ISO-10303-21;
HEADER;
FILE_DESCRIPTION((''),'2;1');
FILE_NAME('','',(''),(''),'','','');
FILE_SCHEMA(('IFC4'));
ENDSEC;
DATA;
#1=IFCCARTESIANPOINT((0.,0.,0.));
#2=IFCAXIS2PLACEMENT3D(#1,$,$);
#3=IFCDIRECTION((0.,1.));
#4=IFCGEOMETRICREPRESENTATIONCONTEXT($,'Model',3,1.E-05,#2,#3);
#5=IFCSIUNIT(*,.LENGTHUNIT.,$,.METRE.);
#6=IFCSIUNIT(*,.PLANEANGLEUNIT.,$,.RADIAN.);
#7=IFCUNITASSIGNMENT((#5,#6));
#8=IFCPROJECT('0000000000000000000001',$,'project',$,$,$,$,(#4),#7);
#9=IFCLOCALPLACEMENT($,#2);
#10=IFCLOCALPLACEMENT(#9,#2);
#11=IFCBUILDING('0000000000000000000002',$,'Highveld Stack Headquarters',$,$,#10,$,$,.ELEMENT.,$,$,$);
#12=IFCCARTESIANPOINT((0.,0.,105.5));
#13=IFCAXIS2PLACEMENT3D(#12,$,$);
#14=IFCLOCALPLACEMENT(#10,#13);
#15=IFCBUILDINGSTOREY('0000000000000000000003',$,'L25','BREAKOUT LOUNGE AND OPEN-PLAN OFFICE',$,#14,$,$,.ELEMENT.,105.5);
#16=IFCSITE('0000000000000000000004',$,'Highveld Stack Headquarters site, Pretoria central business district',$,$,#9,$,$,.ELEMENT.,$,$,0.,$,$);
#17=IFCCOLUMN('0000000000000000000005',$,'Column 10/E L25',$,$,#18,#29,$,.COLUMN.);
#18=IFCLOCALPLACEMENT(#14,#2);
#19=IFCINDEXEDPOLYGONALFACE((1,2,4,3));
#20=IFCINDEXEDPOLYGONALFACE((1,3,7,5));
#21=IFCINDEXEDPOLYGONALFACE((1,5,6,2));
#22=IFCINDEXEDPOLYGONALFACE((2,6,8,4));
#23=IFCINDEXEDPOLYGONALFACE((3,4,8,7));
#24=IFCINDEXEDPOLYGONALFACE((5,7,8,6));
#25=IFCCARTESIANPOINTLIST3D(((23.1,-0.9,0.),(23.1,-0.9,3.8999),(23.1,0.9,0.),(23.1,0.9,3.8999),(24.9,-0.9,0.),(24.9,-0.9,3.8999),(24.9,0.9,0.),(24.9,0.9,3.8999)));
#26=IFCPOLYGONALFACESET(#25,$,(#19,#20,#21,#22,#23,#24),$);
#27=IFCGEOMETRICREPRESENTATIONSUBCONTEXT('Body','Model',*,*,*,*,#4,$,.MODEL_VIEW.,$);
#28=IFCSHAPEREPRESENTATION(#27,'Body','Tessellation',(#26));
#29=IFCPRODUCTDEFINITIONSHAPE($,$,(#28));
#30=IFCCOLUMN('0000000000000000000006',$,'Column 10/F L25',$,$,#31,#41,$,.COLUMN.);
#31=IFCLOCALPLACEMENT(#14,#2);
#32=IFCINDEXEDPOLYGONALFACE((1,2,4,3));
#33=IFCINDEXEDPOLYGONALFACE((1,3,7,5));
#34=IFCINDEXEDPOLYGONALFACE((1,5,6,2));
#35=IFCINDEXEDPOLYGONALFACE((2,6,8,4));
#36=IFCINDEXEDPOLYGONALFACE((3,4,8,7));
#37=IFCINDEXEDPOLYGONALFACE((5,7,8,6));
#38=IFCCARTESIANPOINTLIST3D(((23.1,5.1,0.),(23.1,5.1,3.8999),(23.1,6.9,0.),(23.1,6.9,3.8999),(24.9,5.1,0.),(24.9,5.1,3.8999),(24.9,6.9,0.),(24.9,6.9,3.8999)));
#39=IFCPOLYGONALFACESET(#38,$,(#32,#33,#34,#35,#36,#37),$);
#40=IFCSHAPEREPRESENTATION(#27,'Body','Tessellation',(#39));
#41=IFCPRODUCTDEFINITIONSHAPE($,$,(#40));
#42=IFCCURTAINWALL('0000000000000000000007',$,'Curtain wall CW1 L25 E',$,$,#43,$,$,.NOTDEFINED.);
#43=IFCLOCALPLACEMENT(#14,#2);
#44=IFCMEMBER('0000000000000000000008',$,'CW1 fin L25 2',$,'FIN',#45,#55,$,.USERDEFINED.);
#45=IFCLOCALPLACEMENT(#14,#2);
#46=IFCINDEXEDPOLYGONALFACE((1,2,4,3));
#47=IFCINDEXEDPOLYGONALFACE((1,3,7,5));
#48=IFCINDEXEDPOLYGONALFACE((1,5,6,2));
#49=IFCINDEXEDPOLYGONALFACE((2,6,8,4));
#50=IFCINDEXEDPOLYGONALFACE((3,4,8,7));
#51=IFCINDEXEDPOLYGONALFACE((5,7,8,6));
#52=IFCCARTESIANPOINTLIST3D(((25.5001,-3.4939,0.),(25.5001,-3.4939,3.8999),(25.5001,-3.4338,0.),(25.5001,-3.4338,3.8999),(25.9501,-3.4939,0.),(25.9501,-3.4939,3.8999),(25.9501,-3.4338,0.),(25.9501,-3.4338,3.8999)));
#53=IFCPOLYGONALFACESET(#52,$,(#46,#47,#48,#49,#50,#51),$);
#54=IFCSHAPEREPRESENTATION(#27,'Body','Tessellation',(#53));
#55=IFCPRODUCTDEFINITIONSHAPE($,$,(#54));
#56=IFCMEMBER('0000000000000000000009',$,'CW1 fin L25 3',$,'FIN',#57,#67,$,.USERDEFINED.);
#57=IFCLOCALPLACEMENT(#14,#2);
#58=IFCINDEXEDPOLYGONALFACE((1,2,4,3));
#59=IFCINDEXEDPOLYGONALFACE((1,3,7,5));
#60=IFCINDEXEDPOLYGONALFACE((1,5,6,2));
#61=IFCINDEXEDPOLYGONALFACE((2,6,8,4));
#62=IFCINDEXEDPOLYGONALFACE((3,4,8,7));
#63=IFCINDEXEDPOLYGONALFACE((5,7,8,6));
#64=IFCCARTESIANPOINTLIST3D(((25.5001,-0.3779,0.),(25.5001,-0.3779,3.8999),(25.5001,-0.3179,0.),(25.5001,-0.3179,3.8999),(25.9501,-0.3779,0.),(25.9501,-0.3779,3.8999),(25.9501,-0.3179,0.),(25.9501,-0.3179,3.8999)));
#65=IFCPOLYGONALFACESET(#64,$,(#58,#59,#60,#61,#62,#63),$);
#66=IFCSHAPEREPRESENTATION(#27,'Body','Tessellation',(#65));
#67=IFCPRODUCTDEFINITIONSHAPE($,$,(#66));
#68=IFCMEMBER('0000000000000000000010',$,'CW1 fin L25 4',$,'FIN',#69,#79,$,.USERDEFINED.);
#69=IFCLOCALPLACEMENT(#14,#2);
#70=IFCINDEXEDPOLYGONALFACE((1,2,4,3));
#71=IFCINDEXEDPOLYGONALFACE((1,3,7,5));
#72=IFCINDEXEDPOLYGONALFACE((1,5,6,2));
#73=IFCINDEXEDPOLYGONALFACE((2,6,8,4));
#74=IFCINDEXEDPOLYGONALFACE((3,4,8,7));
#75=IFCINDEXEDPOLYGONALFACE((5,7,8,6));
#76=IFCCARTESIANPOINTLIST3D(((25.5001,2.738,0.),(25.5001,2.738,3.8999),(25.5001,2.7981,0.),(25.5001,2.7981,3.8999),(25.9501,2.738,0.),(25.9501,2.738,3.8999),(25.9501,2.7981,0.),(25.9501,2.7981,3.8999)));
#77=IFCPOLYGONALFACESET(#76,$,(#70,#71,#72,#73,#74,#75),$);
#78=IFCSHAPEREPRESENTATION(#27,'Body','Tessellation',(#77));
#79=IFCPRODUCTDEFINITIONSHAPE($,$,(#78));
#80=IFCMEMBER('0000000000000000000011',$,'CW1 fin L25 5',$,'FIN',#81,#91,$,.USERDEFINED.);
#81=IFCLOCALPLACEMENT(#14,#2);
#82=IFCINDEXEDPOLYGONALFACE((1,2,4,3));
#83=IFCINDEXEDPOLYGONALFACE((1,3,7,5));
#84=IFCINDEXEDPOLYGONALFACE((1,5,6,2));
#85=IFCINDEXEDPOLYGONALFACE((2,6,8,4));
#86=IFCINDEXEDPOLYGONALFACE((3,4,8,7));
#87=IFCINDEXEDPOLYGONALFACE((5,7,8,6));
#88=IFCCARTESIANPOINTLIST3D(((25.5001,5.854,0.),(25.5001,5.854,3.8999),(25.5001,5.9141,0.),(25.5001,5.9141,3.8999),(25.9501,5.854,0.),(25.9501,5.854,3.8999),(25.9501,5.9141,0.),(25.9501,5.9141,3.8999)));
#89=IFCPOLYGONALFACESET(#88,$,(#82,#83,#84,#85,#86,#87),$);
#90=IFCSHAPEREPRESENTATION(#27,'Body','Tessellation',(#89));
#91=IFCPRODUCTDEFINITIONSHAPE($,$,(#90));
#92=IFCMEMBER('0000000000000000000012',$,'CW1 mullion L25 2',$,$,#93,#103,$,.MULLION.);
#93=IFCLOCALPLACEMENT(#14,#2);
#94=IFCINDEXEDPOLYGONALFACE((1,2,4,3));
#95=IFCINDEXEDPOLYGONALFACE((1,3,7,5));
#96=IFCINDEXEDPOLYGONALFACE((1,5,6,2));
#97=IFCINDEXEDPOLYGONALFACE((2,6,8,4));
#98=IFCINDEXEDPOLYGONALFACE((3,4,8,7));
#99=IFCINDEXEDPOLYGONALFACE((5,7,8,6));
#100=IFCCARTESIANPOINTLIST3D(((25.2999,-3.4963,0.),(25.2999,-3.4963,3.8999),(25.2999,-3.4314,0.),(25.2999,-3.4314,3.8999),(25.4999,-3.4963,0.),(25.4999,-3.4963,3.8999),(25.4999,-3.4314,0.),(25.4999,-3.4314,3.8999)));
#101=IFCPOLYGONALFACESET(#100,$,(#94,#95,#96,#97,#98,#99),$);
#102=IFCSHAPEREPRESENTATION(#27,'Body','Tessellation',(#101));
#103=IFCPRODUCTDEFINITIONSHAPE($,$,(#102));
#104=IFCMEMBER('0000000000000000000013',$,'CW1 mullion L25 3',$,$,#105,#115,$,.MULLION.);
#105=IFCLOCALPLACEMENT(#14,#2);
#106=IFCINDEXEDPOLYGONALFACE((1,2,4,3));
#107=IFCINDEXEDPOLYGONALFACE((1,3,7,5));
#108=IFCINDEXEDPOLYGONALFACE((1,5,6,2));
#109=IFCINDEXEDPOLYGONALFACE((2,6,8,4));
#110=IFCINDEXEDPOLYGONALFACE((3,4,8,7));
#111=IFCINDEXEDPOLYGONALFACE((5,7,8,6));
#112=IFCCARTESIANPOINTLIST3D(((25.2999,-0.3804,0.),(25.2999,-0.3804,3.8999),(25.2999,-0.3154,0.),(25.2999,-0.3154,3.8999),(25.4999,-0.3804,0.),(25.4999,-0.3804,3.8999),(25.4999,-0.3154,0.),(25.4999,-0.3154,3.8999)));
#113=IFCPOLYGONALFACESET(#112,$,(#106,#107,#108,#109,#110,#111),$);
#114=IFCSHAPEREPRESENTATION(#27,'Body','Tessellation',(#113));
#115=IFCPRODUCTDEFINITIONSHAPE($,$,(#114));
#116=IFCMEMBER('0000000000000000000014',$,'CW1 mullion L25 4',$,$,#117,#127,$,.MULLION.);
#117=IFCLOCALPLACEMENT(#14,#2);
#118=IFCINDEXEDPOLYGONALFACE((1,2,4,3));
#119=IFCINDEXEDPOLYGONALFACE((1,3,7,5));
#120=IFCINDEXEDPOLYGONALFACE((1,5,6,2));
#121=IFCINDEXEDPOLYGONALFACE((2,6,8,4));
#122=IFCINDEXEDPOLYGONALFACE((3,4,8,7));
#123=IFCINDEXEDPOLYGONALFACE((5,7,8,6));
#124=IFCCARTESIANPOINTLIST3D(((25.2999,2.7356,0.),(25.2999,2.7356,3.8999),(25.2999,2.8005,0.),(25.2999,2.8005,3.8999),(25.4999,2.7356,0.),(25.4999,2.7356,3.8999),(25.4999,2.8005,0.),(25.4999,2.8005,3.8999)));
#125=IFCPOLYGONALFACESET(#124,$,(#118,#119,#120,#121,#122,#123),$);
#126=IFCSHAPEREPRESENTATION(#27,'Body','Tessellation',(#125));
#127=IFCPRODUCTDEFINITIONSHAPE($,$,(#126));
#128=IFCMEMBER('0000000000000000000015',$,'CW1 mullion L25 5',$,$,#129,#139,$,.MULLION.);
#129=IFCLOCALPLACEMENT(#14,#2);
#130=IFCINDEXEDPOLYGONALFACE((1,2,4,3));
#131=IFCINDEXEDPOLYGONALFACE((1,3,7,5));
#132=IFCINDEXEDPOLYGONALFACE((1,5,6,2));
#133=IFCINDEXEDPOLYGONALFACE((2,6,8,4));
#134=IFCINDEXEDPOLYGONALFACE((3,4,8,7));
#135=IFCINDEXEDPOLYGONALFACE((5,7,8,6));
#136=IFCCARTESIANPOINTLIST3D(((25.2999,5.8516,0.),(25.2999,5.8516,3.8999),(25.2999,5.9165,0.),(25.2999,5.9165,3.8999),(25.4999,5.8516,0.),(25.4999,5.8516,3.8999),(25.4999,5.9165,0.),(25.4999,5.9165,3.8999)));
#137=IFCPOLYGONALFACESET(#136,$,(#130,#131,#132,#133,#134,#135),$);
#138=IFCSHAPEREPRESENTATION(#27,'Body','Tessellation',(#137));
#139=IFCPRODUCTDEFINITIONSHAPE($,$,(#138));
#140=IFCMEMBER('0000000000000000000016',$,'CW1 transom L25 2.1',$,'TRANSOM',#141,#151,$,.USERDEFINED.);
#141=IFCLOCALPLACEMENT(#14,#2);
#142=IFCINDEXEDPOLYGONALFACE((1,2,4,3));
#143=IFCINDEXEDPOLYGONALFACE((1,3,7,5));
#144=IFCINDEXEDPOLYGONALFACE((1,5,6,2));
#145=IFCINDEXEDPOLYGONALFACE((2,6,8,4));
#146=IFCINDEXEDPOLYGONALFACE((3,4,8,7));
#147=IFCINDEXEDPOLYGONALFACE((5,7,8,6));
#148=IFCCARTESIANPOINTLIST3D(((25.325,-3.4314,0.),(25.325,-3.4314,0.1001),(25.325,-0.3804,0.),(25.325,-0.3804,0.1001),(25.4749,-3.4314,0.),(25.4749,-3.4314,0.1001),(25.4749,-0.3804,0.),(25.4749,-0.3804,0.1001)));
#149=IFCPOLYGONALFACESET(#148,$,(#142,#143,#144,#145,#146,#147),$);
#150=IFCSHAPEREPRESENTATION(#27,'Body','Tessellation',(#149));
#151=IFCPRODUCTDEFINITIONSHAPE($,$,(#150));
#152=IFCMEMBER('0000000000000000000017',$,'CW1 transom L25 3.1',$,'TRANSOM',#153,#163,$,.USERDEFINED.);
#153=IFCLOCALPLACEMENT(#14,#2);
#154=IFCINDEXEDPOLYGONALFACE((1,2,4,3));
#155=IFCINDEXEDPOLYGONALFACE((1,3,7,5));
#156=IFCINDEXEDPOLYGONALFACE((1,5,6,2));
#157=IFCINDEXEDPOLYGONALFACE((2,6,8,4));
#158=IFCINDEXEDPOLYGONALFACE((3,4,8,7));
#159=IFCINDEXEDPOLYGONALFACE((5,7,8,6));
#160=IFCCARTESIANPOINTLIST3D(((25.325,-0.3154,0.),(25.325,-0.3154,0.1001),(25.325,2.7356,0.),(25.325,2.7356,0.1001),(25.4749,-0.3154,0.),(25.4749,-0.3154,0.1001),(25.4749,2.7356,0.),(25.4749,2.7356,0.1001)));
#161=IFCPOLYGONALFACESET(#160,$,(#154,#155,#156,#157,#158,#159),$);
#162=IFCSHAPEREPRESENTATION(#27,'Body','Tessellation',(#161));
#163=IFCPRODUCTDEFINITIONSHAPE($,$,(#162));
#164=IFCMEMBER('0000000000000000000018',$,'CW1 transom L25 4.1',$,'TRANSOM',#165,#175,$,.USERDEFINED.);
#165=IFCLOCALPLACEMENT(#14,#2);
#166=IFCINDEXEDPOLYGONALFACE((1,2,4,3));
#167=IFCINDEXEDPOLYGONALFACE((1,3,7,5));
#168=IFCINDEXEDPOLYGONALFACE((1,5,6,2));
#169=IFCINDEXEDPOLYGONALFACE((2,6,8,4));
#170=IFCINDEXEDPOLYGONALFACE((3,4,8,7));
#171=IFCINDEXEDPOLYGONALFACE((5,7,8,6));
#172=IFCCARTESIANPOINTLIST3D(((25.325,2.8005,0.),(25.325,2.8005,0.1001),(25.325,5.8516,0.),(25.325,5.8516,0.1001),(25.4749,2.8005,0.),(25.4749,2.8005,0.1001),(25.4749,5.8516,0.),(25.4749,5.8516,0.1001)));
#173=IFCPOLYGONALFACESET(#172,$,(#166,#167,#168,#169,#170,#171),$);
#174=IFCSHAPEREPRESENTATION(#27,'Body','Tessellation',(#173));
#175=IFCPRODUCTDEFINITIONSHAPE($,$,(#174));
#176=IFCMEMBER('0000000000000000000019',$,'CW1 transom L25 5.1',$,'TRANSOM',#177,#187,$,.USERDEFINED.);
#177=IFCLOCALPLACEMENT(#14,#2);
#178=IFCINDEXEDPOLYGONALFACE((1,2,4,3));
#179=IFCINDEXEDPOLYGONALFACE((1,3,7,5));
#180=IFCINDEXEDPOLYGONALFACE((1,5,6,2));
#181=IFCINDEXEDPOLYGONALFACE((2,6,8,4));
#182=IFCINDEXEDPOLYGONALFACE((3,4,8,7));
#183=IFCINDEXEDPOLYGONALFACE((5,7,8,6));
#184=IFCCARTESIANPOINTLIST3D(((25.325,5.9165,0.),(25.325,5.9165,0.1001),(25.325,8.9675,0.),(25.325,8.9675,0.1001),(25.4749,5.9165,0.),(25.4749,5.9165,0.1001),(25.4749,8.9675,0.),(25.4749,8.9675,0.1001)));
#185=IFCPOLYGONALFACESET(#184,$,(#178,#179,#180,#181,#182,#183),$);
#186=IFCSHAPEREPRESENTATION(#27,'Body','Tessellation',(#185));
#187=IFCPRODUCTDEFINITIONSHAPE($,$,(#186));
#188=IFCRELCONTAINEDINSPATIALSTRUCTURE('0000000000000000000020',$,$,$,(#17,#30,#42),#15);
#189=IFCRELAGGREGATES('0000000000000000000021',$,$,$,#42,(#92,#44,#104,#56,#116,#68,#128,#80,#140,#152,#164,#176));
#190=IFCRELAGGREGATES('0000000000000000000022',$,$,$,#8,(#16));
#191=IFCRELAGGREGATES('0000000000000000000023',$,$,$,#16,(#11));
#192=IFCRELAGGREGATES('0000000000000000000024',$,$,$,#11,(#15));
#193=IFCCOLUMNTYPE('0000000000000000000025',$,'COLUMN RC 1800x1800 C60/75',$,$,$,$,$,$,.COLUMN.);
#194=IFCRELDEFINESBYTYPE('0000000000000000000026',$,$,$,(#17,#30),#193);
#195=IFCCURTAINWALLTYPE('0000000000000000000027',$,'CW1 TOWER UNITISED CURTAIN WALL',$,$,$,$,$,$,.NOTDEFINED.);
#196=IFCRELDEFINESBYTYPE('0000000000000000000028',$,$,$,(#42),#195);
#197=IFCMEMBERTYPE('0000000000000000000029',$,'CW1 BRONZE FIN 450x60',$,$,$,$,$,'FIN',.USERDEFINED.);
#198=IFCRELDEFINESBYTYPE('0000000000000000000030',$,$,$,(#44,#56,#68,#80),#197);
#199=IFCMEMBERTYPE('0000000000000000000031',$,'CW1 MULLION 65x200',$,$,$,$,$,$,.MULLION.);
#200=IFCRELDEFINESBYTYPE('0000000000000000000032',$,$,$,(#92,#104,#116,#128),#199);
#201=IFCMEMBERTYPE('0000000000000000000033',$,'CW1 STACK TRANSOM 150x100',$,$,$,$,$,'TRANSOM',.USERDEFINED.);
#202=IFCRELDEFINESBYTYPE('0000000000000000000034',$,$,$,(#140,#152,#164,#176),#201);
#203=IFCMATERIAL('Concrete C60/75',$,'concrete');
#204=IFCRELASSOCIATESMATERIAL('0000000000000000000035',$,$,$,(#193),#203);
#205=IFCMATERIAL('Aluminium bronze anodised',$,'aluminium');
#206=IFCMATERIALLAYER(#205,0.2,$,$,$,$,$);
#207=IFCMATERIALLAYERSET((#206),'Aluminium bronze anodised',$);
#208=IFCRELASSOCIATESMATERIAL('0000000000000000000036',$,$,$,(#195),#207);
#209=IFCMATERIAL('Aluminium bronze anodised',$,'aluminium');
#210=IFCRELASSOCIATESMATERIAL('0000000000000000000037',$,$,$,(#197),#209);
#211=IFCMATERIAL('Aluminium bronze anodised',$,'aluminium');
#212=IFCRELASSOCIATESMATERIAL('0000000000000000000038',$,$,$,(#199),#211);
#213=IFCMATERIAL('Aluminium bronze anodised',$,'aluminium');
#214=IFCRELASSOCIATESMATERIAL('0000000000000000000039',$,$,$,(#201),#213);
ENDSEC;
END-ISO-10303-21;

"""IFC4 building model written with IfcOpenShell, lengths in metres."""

from ifc_helpers import new_model, si_unit, direction, frame, origin, origin_2d, place, context, subcontext, project, spatial, rectangle, extrude, material, layer, layer_set, material_profile, profile_set, type_object, element, aggregate, save


model = new_model("IFC4")

# Units and contexts
model_context = context("Model", 3, precision=1e-05, world=origin(), true_north=direction((0.0, 1.0)))
body_context = subcontext(model_context, "Body", "Model", "MODEL_VIEW")
ifc_project = project(units=[si_unit("LENGTHUNIT", "METRE"), si_unit("PLANEANGLEUNIT", "RADIAN")], contexts=[model_context])

# Site, building, storey
site_placement = place(None, origin())
site = spatial("IfcSite", under=ifc_project, at=site_placement, Name="Highveld Stack Headquarters site, Pretoria central business district", CompositionType="ELEMENT", RefElevation=0.0)
building_placement = place(site_placement, origin())
building = spatial("IfcBuilding", under=site, at=building_placement, Name="Highveld Stack Headquarters", CompositionType="ELEMENT")
storey_placement = place(building_placement, frame((0.0, 0.0, 105.5)))
storey = spatial("IfcBuildingStorey", under=building, at=storey_placement, Name="L25", Description="BREAKOUT LOUNGE AND OPEN-PLAN OFFICE", CompositionType="ELEMENT", Elevation=105.5)

# Columns
ifc_material_1 = material(Name="Concrete C60/75", Category="concrete")
ifc_material_profile_1 = material_profile(ifc_material_1, rectangle(XDim=1.8, YDim=1.8, at=origin_2d()), Name="RC 1800x1800")
ifc_profile_set_1 = profile_set([ifc_material_profile_1], Name="Concrete C60/75")
column_type = type_object("IfcColumnType", Name="COLUMN RC 1800x1800 C60/75", PredefinedType="COLUMN", material=ifc_profile_set_1)
for number, where, z_axis, x_axis, name in (
    (1, (24.0, 0.0, 0.0), (0.0, 0.0, 1.0), (1.0, 0.0, 0.0), "Column 10/E L25"),
    (2, (24.0, 6.0, 0.0), (0.0, 0.0, 1.0), (1.0, 0.0, 0.0), "Column 10/F L25"),
):
    element("IfcColumn", number, at=place(storey_placement, frame(where, z_axis=z_axis, x_axis=x_axis)), inside=storey, type_object=column_type, Name=name, PredefinedType="COLUMN", context=body_context, shape_type="SweptSolid", body=[
        extrude(rectangle(XDim=1.8, YDim=1.8, at=origin_2d()), origin(), (0.0, 0.0, 1.0), 3.8999),
    ])

# Curtain wall, members
ifc_material_2 = material(Name="Aluminium bronze anodised", Category="aluminium")
ifc_layer_1 = layer(ifc_material_2, 0.2)
ifc_layer_set_1 = layer_set([ifc_layer_1], Name="Aluminium bronze anodised")
curtain_wall_type = type_object("IfcCurtainWallType", Name="CW1 TOWER UNITISED CURTAIN WALL", PredefinedType="NOTDEFINED", material=ifc_layer_set_1)
curtain_wall_placement = place(storey_placement, origin())
curtain_wall = element("IfcCurtainWall", 3, at=curtain_wall_placement, inside=storey, type_object=curtain_wall_type, Name="Curtain wall CW1 L25 E", PredefinedType="NOTDEFINED")
ifc_material_3 = material(Name="Aluminium bronze anodised", Category="aluminium")
ifc_material_profile_2 = material_profile(ifc_material_3, rectangle(XDim=0.45, YDim=0.0601, at=origin_2d()), Name="FIN 450x60")
ifc_profile_set_2 = profile_set([ifc_material_profile_2], Name="Aluminium bronze anodised")
member_type_1 = type_object("IfcMemberType", Name="CW1 BRONZE FIN 450x60", ElementType="FIN", PredefinedType="USERDEFINED", material=ifc_profile_set_2)
member_1_placement = place(storey_placement, frame((25.7251, -3.4639, 0.0), z_axis=(0.0, 0.0, 1.0), x_axis=(-1.0, 0.0, 0.0)))
member_1 = element("IfcMember", 4, at=member_1_placement, type_object=member_type_1, Name="CW1 fin L25 2", ObjectType="FIN", PredefinedType="USERDEFINED", context=body_context, shape_type="SweptSolid", body=[
    extrude(rectangle(XDim=0.45, YDim=0.0601, at=origin_2d()), origin(), (0.0, 0.0, 1.0), 3.8999),
])
member_2_placement = place(storey_placement, frame((25.7251, -0.3479, 0.0), z_axis=(0.0, 0.0, 1.0), x_axis=(-1.0, 0.0, 0.0)))
member_2 = element("IfcMember", 5, at=member_2_placement, type_object=member_type_1, Name="CW1 fin L25 3", ObjectType="FIN", PredefinedType="USERDEFINED", context=body_context, shape_type="SweptSolid", body=[
    extrude(rectangle(XDim=0.45, YDim=0.0601, at=origin_2d()), origin(), (0.0, 0.0, 1.0), 3.8999),
])
member_3_placement = place(storey_placement, frame((25.7251, 2.7681, 0.0), z_axis=(0.0, 0.0, 1.0), x_axis=(-1.0, 0.0, 0.0)))
member_3 = element("IfcMember", 6, at=member_3_placement, type_object=member_type_1, Name="CW1 fin L25 4", ObjectType="FIN", PredefinedType="USERDEFINED", context=body_context, shape_type="SweptSolid", body=[
    extrude(rectangle(XDim=0.45, YDim=0.0601, at=origin_2d()), origin(), (0.0, 0.0, 1.0), 3.8999),
])
member_4_placement = place(storey_placement, frame((25.7251, 5.884, 0.0), z_axis=(0.0, 0.0, 1.0), x_axis=(-1.0, 0.0, 0.0)))
member_4 = element("IfcMember", 7, at=member_4_placement, type_object=member_type_1, Name="CW1 fin L25 5", ObjectType="FIN", PredefinedType="USERDEFINED", context=body_context, shape_type="SweptSolid", body=[
    extrude(rectangle(XDim=0.45, YDim=0.0601, at=origin_2d()), origin(), (0.0, 0.0, 1.0), 3.8999),
])
ifc_material_4 = material(Name="Aluminium bronze anodised", Category="aluminium")
ifc_material_profile_3 = material_profile(ifc_material_4, rectangle(XDim=0.2, YDim=0.0649, at=origin_2d()), Name="CW1 MULLION 65x200")
ifc_profile_set_3 = profile_set([ifc_material_profile_3], Name="Aluminium bronze anodised")
member_type_2 = type_object("IfcMemberType", Name="CW1 MULLION 65x200", PredefinedType="MULLION", material=ifc_profile_set_3)
member_5_placement = place(storey_placement, frame((25.3999, -3.4639, 0.0), z_axis=(0.0, 0.0, 1.0), x_axis=(-1.0, 0.0, 0.0)))
member_5 = element("IfcMember", 8, at=member_5_placement, type_object=member_type_2, Name="CW1 mullion L25 2", PredefinedType="MULLION", context=body_context, shape_type="SweptSolid", body=[
    extrude(rectangle(XDim=0.2, YDim=0.0649, at=origin_2d()), origin(), (0.0, 0.0, 1.0), 3.8999),
])
member_6_placement = place(storey_placement, frame((25.3999, -0.3479, 0.0), z_axis=(0.0, 0.0, 1.0), x_axis=(-1.0, 0.0, 0.0)))
member_6 = element("IfcMember", 9, at=member_6_placement, type_object=member_type_2, Name="CW1 mullion L25 3", PredefinedType="MULLION", context=body_context, shape_type="SweptSolid", body=[
    extrude(rectangle(XDim=0.2, YDim=0.0649, at=origin_2d()), origin(), (0.0, 0.0, 1.0), 3.8999),
])
member_7_placement = place(storey_placement, frame((25.3999, 2.7681, 0.0), z_axis=(0.0, 0.0, 1.0), x_axis=(-1.0, 0.0, 0.0)))
member_7 = element("IfcMember", 10, at=member_7_placement, type_object=member_type_2, Name="CW1 mullion L25 4", PredefinedType="MULLION", context=body_context, shape_type="SweptSolid", body=[
    extrude(rectangle(XDim=0.2, YDim=0.0649, at=origin_2d()), origin(), (0.0, 0.0, 1.0), 3.8999),
])
member_8_placement = place(storey_placement, frame((25.3999, 5.884, 0.0), z_axis=(0.0, 0.0, 1.0), x_axis=(-1.0, 0.0, 0.0)))
member_8 = element("IfcMember", 11, at=member_8_placement, type_object=member_type_2, Name="CW1 mullion L25 5", PredefinedType="MULLION", context=body_context, shape_type="SweptSolid", body=[
    extrude(rectangle(XDim=0.2, YDim=0.0649, at=origin_2d()), origin(), (0.0, 0.0, 1.0), 3.8999),
])
ifc_material_5 = material(Name="Aluminium bronze anodised", Category="aluminium")
ifc_material_profile_4 = material_profile(ifc_material_5, rectangle(XDim=0.1499, YDim=0.1001, at=origin_2d()), Name="CW1 TRANSOM 150x100")
ifc_profile_set_4 = profile_set([ifc_material_profile_4], Name="Aluminium bronze anodised")
member_type_3 = type_object("IfcMemberType", Name="CW1 STACK TRANSOM 150x100", ElementType="TRANSOM", PredefinedType="USERDEFINED", material=ifc_profile_set_4)
member_9_placement = place(storey_placement, frame((25.3999, -3.4314, 0.05), z_axis=(0.0, 1.0, 0.0), x_axis=(-1.0, 0.0, 0.0)))
member_9 = element("IfcMember", 12, at=member_9_placement, type_object=member_type_3, Name="CW1 transom L25 2.1", ObjectType="TRANSOM", PredefinedType="USERDEFINED", context=body_context, shape_type="SweptSolid", body=[
    extrude(rectangle(XDim=0.1499, YDim=0.1001, at=origin_2d()), origin(), (0.0, 0.0, 1.0), 3.051),
])
member_10_placement = place(storey_placement, frame((25.3999, -0.3154, 0.05), z_axis=(0.0, 1.0, 0.0), x_axis=(-1.0, 0.0, 0.0)))
member_10 = element("IfcMember", 13, at=member_10_placement, type_object=member_type_3, Name="CW1 transom L25 3.1", ObjectType="TRANSOM", PredefinedType="USERDEFINED", context=body_context, shape_type="SweptSolid", body=[
    extrude(rectangle(XDim=0.1499, YDim=0.1001, at=origin_2d()), origin(), (0.0, 0.0, 1.0), 3.051),
])
member_11_placement = place(storey_placement, frame((25.3999, 2.8005, 0.05), z_axis=(0.0, 1.0, 0.0), x_axis=(-1.0, 0.0, 0.0)))
member_11 = element("IfcMember", 14, at=member_11_placement, type_object=member_type_3, Name="CW1 transom L25 4.1", ObjectType="TRANSOM", PredefinedType="USERDEFINED", context=body_context, shape_type="SweptSolid", body=[
    extrude(rectangle(XDim=0.1499, YDim=0.1001, at=origin_2d()), origin(), (0.0, 0.0, 1.0), 3.051),
])
member_12_placement = place(storey_placement, frame((25.3999, 5.9165, 0.05), z_axis=(0.0, 1.0, 0.0), x_axis=(-1.0, 0.0, 0.0)))
member_12 = element("IfcMember", 15, at=member_12_placement, type_object=member_type_3, Name="CW1 transom L25 5.1", ObjectType="TRANSOM", PredefinedType="USERDEFINED", context=body_context, shape_type="SweptSolid", body=[
    extrude(rectangle(XDim=0.1499, YDim=0.1001, at=origin_2d()), origin(), (0.0, 0.0, 1.0), 3.051),
])
aggregate(curtain_wall, [member_5, member_1, member_6, member_2, member_7, member_3, member_8, member_4, member_9, member_10, member_11, member_12])

save(model, "model.ifc")
